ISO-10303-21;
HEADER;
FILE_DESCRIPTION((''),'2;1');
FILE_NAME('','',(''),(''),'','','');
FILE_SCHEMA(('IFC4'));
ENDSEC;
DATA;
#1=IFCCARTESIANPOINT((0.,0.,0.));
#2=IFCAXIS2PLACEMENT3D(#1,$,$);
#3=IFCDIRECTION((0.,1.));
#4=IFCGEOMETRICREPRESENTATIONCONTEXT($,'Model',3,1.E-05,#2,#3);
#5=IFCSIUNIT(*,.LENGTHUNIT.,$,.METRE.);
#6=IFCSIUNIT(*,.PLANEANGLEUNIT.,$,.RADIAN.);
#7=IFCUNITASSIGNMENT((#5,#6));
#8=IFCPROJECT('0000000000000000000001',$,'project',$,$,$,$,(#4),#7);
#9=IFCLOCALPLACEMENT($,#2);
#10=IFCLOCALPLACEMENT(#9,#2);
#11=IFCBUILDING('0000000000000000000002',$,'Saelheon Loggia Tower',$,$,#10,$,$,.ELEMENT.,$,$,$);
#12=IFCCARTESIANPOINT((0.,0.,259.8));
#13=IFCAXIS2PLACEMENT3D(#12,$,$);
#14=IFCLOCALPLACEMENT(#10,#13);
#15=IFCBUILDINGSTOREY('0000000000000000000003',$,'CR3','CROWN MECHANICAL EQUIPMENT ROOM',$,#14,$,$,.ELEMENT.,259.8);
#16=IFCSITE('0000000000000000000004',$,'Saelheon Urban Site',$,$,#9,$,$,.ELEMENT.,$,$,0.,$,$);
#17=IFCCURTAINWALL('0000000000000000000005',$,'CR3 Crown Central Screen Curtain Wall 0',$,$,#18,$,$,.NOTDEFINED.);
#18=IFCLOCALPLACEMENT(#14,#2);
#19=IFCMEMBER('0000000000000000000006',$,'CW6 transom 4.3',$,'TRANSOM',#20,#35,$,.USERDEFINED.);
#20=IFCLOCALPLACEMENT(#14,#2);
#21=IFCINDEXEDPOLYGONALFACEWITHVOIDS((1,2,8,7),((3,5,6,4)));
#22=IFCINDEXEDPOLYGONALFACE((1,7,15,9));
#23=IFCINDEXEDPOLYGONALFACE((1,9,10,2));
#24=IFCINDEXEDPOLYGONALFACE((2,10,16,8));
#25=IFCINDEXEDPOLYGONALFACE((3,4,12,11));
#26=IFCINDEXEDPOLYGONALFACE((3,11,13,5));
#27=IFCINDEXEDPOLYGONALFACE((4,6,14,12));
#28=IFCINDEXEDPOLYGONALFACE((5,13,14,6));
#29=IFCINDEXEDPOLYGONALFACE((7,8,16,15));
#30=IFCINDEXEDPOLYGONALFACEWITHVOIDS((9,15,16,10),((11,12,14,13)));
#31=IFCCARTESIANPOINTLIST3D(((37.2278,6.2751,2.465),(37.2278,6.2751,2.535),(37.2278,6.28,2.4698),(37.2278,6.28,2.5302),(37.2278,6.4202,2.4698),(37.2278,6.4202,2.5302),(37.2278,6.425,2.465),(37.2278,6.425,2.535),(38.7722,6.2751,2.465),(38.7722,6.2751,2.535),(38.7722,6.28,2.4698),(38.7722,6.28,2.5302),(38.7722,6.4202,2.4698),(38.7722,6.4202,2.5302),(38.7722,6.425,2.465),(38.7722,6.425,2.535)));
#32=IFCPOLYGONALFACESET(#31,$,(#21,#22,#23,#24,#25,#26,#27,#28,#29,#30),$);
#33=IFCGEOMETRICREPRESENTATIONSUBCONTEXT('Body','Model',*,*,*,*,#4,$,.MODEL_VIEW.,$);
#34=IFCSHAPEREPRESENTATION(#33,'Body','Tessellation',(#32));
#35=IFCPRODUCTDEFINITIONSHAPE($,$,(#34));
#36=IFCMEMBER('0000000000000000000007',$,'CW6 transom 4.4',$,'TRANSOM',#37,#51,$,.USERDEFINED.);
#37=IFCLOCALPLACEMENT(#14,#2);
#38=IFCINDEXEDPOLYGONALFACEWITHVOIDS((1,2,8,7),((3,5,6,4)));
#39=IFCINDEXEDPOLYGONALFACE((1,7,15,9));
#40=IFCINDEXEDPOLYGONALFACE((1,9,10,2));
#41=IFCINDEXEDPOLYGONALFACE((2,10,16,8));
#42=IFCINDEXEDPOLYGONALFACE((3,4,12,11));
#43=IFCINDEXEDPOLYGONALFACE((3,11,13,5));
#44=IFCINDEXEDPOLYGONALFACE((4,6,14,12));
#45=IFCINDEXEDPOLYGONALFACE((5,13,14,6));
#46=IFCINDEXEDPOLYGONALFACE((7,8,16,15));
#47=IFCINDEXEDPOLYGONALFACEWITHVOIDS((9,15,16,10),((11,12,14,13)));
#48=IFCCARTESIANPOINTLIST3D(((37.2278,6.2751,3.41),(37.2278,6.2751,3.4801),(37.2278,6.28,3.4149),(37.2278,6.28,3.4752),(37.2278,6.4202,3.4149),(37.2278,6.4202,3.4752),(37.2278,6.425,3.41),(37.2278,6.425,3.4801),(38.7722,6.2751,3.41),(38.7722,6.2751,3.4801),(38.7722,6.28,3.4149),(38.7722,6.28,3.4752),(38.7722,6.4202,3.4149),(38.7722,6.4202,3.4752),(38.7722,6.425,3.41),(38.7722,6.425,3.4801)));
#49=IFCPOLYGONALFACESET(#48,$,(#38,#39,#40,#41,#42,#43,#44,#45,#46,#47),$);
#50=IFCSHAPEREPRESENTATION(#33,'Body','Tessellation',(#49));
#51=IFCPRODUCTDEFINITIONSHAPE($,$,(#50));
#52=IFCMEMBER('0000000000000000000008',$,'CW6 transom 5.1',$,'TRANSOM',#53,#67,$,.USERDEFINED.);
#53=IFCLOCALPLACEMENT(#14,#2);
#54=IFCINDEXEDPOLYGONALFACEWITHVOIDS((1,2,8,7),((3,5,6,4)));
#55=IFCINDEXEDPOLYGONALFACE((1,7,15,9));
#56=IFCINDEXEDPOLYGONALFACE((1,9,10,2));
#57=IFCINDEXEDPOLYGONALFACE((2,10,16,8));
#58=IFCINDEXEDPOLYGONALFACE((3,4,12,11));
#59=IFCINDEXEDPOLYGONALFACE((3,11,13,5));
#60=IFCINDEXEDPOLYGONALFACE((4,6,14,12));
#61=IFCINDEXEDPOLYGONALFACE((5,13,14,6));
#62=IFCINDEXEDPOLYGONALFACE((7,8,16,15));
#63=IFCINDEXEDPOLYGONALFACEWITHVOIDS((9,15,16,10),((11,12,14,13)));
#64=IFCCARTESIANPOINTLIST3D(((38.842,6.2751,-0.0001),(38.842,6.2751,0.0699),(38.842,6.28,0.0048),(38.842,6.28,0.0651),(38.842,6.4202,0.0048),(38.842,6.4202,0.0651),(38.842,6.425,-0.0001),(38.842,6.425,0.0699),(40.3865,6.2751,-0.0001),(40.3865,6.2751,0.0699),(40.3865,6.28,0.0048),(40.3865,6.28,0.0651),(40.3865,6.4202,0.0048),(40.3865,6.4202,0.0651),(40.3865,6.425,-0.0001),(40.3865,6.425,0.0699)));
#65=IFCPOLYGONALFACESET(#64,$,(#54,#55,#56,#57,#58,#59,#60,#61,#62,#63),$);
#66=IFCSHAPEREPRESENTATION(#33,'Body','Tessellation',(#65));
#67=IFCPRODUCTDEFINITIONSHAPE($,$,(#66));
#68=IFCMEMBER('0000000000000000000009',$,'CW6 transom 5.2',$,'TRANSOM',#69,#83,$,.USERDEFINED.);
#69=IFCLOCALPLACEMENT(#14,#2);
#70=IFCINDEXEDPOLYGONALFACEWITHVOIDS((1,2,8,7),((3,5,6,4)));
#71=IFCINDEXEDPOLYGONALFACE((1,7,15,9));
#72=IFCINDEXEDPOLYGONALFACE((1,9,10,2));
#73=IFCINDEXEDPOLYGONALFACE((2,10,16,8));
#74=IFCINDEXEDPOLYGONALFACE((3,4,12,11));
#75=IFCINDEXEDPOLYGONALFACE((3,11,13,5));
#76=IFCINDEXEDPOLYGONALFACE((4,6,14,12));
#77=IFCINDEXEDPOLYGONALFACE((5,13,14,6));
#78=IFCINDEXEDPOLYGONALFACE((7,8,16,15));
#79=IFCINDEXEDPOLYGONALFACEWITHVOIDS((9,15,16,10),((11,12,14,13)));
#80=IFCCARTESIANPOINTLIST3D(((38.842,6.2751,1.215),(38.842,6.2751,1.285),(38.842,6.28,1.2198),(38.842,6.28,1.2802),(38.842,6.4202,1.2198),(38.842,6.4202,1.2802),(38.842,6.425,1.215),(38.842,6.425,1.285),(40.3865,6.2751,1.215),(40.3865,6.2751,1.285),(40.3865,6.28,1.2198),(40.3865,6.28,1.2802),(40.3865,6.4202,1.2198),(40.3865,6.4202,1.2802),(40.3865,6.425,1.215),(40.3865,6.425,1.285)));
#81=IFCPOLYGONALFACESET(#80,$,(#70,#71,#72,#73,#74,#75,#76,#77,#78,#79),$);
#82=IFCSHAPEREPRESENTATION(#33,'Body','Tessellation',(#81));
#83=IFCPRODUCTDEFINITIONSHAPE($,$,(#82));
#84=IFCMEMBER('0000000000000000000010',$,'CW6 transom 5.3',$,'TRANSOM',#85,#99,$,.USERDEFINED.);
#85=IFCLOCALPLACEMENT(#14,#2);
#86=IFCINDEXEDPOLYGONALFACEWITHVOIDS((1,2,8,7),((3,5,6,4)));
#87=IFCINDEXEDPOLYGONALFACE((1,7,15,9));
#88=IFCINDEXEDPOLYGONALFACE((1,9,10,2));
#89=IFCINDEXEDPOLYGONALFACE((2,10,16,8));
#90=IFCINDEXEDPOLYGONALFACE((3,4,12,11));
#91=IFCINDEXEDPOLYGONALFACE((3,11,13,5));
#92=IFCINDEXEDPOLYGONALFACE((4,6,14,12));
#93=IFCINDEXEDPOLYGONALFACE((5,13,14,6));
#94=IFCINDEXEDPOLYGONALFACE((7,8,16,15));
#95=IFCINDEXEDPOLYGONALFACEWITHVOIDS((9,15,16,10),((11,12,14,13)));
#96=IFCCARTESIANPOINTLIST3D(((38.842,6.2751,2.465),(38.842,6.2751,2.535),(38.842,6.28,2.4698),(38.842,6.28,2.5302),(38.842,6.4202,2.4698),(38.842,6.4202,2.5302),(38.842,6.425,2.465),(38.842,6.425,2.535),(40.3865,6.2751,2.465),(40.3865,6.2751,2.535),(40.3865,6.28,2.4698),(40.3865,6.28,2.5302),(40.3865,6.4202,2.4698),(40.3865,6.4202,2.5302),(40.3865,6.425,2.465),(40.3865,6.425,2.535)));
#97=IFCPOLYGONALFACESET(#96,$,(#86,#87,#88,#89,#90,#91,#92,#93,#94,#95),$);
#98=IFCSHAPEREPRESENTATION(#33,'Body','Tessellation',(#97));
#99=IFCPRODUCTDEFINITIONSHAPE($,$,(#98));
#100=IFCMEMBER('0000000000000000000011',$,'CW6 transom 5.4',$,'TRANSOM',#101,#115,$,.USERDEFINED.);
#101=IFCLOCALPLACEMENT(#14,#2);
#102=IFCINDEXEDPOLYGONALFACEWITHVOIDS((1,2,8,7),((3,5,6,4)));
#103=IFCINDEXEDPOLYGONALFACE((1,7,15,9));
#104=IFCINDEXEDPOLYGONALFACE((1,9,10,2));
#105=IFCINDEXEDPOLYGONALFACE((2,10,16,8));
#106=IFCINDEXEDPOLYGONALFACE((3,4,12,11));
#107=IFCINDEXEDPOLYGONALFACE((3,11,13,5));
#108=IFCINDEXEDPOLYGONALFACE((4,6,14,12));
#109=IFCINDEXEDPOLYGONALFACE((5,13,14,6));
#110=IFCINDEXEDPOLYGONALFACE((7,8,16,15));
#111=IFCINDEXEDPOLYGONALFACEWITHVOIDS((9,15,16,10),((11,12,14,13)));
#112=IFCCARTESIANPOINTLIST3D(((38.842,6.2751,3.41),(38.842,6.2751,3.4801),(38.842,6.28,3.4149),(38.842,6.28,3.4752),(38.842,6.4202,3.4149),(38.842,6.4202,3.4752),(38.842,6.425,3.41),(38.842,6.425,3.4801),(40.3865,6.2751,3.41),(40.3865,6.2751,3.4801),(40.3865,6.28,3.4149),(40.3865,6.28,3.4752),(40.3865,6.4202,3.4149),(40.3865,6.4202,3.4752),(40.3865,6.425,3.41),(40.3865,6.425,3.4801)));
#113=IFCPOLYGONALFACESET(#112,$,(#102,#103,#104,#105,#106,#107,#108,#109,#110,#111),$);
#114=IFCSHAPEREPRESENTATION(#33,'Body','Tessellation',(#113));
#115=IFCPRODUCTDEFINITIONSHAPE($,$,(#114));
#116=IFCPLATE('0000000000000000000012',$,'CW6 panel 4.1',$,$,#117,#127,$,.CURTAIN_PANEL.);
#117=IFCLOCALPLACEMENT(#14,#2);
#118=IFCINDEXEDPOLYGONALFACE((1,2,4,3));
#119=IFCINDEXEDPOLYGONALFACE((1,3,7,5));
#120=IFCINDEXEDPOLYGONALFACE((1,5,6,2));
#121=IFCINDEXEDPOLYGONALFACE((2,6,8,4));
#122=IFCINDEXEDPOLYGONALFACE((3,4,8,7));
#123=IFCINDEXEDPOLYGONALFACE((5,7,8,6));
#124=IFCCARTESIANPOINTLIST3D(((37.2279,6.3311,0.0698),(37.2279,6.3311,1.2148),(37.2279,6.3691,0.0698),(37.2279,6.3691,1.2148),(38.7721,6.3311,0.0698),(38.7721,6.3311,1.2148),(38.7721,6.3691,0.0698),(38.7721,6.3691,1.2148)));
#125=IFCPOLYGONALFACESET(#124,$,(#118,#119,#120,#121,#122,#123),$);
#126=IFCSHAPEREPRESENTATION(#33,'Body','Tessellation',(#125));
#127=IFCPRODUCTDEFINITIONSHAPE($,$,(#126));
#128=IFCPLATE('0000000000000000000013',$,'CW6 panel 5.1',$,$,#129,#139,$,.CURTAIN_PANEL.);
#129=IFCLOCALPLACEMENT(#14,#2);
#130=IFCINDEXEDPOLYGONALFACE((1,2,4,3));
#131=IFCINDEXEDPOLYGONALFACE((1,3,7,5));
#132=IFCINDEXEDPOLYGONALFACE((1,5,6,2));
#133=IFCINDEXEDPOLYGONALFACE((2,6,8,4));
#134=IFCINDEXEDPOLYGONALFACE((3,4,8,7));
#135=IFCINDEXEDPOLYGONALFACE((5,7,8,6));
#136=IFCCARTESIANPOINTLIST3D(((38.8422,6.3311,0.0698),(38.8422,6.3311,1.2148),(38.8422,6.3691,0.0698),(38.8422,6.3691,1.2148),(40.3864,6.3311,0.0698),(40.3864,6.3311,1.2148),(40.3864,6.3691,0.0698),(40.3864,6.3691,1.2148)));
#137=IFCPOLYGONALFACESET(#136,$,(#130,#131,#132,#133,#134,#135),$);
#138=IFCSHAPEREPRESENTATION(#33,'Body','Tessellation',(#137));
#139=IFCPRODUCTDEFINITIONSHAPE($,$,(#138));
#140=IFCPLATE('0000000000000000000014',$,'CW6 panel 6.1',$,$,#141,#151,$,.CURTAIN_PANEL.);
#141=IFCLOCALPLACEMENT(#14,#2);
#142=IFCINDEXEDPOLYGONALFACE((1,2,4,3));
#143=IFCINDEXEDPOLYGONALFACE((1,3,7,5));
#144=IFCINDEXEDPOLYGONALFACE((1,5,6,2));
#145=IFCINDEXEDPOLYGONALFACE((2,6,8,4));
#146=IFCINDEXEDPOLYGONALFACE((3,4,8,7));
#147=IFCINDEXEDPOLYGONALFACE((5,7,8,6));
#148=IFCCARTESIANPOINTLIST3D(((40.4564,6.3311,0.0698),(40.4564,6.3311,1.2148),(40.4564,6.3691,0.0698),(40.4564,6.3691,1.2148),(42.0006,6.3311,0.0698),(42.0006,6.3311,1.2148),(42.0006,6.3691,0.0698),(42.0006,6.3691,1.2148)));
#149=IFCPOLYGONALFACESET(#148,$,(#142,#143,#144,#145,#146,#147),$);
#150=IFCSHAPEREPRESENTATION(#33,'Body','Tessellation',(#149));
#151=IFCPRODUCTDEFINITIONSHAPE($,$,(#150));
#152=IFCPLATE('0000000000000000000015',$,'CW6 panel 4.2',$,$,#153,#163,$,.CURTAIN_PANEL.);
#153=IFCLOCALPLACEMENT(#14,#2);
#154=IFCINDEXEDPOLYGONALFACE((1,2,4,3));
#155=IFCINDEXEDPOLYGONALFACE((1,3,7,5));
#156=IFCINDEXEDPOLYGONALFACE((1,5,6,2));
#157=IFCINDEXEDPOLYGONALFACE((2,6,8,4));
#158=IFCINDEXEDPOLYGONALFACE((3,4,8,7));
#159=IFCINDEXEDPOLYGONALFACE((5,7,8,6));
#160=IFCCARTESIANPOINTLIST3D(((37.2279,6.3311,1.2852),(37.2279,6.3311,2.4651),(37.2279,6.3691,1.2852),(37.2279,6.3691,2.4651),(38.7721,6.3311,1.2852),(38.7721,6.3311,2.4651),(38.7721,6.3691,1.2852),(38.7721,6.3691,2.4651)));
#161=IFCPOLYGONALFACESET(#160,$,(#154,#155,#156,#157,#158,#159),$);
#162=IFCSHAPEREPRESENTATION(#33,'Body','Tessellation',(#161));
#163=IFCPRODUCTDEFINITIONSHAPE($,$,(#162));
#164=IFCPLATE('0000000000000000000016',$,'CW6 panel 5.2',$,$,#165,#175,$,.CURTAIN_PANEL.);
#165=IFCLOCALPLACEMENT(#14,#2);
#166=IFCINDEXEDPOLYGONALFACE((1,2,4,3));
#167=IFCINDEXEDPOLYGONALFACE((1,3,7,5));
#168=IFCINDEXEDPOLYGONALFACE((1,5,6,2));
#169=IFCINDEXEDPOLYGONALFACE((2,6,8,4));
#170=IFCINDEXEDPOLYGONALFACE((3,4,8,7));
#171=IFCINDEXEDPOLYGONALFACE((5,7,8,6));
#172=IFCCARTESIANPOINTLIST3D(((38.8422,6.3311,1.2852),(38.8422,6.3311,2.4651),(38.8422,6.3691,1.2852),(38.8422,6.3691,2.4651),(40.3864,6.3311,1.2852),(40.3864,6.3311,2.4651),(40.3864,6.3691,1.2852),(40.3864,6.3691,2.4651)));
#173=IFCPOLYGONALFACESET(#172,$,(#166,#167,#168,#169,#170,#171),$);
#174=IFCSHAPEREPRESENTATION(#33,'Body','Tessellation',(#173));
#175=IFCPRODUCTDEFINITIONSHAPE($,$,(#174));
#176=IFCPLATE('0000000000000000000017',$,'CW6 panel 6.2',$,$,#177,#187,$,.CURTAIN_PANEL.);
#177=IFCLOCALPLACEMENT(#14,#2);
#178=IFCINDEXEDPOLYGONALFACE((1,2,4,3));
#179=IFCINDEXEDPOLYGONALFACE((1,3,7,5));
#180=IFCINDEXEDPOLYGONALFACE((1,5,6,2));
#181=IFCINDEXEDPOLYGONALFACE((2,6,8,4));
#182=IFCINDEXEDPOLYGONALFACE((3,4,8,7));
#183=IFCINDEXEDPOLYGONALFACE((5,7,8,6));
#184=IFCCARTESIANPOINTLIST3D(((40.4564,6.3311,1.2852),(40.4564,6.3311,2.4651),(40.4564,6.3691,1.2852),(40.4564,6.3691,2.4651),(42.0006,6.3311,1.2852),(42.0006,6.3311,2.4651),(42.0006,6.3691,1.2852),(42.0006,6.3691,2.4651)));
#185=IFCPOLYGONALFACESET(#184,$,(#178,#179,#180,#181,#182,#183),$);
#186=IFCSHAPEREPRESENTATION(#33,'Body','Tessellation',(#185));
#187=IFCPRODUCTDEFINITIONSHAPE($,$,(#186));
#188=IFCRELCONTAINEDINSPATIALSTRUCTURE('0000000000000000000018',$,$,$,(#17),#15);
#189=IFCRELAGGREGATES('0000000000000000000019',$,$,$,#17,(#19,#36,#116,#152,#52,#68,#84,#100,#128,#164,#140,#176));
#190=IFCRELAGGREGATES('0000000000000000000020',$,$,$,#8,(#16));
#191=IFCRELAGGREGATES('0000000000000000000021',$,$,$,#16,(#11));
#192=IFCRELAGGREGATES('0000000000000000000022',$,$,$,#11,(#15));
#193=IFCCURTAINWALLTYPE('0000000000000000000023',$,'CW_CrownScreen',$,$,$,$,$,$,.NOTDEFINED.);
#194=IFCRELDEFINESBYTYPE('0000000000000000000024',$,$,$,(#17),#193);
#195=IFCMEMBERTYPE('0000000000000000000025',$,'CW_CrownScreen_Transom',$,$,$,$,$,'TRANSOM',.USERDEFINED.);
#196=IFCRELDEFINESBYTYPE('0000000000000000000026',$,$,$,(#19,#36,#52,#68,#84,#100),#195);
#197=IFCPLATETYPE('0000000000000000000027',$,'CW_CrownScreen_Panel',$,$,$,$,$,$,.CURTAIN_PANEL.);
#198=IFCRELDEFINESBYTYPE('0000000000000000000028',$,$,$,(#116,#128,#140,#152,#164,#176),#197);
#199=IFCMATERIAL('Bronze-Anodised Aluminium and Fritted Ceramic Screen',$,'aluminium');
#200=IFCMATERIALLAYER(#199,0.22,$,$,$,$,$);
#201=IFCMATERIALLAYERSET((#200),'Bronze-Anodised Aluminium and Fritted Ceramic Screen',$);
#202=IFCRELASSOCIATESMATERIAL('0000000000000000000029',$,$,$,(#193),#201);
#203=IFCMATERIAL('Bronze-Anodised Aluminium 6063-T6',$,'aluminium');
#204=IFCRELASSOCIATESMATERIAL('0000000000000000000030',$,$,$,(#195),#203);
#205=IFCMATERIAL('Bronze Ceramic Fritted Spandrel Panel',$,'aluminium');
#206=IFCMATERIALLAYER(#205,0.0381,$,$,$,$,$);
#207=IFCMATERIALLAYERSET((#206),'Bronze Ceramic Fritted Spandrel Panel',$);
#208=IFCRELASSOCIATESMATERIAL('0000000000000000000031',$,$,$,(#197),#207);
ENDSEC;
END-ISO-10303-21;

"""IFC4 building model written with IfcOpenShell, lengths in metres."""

from ifc_helpers import new_model, si_unit, direction, frame, origin, origin_2d, place, context, subcontext, project, spatial, rectangle, hollow_rectangle, extrude, source, transform, mapped, material, layer, layer_set, material_profile, profile_set, type_object, element, aggregate, save


model = new_model("IFC4")

# Units and contexts
model_context = context("Model", 3, precision=1e-05, world=origin(), true_north=direction((0.0, 1.0)))
body_context = subcontext(model_context, "Body", "Model", "MODEL_VIEW")
ifc_project = project(units=[si_unit("LENGTHUNIT", "METRE"), si_unit("PLANEANGLEUNIT", "RADIAN")], contexts=[model_context])

# Site, building, storey
site_placement = place(None, origin())
site = spatial("IfcSite", under=ifc_project, at=site_placement, Name="Saelheon Urban Site", CompositionType="ELEMENT", RefElevation=0.0)
building_placement = place(site_placement, origin())
building = spatial("IfcBuilding", under=site, at=building_placement, Name="Saelheon Loggia Tower", CompositionType="ELEMENT")
storey_placement = place(building_placement, frame((0.0, 0.0, 259.8)))
storey = spatial("IfcBuildingStorey", under=building, at=storey_placement, Name="CR3", Description="CROWN MECHANICAL EQUIPMENT ROOM", CompositionType="ELEMENT", Elevation=259.8)

# Curtain wall, members, plates
ifc_material_1 = material(Name="Bronze-Anodised Aluminium and Fritted Ceramic Screen", Category="aluminium")
ifc_layer_1 = layer(ifc_material_1, 0.22)
ifc_layer_set_1 = layer_set([ifc_layer_1], Name="Bronze-Anodised Aluminium and Fritted Ceramic Screen")
curtain_wall_type = type_object("IfcCurtainWallType", Name="CW_CrownScreen", PredefinedType="NOTDEFINED", material=ifc_layer_set_1)
curtain_wall_placement = place(storey_placement, origin())
curtain_wall = element("IfcCurtainWall", 1, at=curtain_wall_placement, inside=storey, type_object=curtain_wall_type, Name="CR3 Crown Central Screen Curtain Wall 0", PredefinedType="NOTDEFINED")
ifc_material_2 = material(Name="Bronze-Anodised Aluminium 6063-T6", Category="aluminium")
ifc_material_profile_1 = material_profile(ifc_material_2, hollow_rectangle(XDim=0.0701, YDim=0.1499, WallThickness=0.0049, at=origin_2d()), Name="RHS-150x70x5")
ifc_profile_set_1 = profile_set([ifc_material_profile_1], Name="Bronze-Anodised Aluminium 6063-T6")
member_type_1 = type_object("IfcMemberType", Name="CW_CrownScreen_Transom", ElementType="TRANSOM", PredefinedType="USERDEFINED", material=ifc_profile_set_1)
shared_shape_1 = source(origin(), body_context, "Body", "SweptSolid", [
    extrude(hollow_rectangle(XDim=0.0701, YDim=0.1499, WallThickness=0.0049, at=origin_2d()), origin(), (0.0, 0.0, 1.0), 1.5444),
])
member_1_placement = place(storey_placement, frame((37.2278, 6.3501, 2.5), z_axis=(1.0, 0.0, 0.0), x_axis=(0.0, 0.0, 1.0)))
member_1 = element("IfcMember", 2, at=member_1_placement, type_object=member_type_1, Name="CW6 transom 4.3", ObjectType="TRANSOM", PredefinedType="USERDEFINED", context=body_context, shape_type="MappedRepresentation", body=[
    mapped(shared_shape_1, transform((0.0, 0.0, 0.0), scale=1.0)),
])
member_2_placement = place(storey_placement, frame((37.2278, 6.3501, 3.4451), z_axis=(1.0, 0.0, 0.0), x_axis=(0.0, 0.0, 1.0)))
member_2 = element("IfcMember", 3, at=member_2_placement, type_object=member_type_1, Name="CW6 transom 4.4", ObjectType="TRANSOM", PredefinedType="USERDEFINED", context=body_context, shape_type="MappedRepresentation", body=[
    mapped(shared_shape_1, transform((0.0, 0.0, 0.0), scale=1.0)),
])
member_3_placement = place(storey_placement, frame((38.842, 6.3501, 0.0349), z_axis=(1.0, 0.0, 0.0), x_axis=(0.0, 0.0, 1.0)))
member_3 = element("IfcMember", 4, at=member_3_placement, type_object=member_type_1, Name="CW6 transom 5.1", ObjectType="TRANSOM", PredefinedType="USERDEFINED", context=body_context, shape_type="MappedRepresentation", body=[
    mapped(shared_shape_1, transform((0.0, 0.0, 0.0), scale=1.0)),
])
member_4_placement = place(storey_placement, frame((38.842, 6.3501, 1.25), z_axis=(1.0, 0.0, 0.0), x_axis=(0.0, 0.0, 1.0)))
member_4 = element("IfcMember", 5, at=member_4_placement, type_object=member_type_1, Name="CW6 transom 5.2", ObjectType="TRANSOM", PredefinedType="USERDEFINED", context=body_context, shape_type="MappedRepresentation", body=[
    mapped(shared_shape_1, transform((0.0, 0.0, 0.0), scale=1.0)),
])
member_5_placement = place(storey_placement, frame((38.842, 6.3501, 2.5), z_axis=(1.0, 0.0, 0.0), x_axis=(0.0, 0.0, 1.0)))
member_5 = element("IfcMember", 6, at=member_5_placement, type_object=member_type_1, Name="CW6 transom 5.3", ObjectType="TRANSOM", PredefinedType="USERDEFINED", context=body_context, shape_type="MappedRepresentation", body=[
    mapped(shared_shape_1, transform((0.0, 0.0, 0.0), scale=1.0)),
])
member_6_placement = place(storey_placement, frame((38.842, 6.3501, 3.4451), z_axis=(1.0, 0.0, 0.0), x_axis=(0.0, 0.0, 1.0)))
member_6 = element("IfcMember", 7, at=member_6_placement, type_object=member_type_1, Name="CW6 transom 5.4", ObjectType="TRANSOM", PredefinedType="USERDEFINED", context=body_context, shape_type="MappedRepresentation", body=[
    mapped(shared_shape_1, transform((0.0, 0.0, 0.0), scale=1.0)),
])
ifc_material_3 = material(Name="Bronze Ceramic Fritted Spandrel Panel", Category="aluminium")
ifc_layer_2 = layer(ifc_material_3, 0.0381)
ifc_layer_set_2 = layer_set([ifc_layer_2], Name="Bronze Ceramic Fritted Spandrel Panel")
plate_type = type_object("IfcPlateType", Name="CW_CrownScreen_Panel", PredefinedType="CURTAIN_PANEL", material=ifc_layer_set_2)
shared_shape_2 = source(origin(), body_context, "Body", "SweptSolid", [
    extrude(rectangle(XDim=1.5442, YDim=0.0381, at=origin_2d()), origin(), (0.0, 0.0, 1.0), 1.145),
])
plate_1_placement = place(storey_placement, frame((38.0, 6.3501, 0.0698), z_axis=(0.0, 0.0, 1.0), x_axis=(1.0, 0.0, 0.0)))
plate_1 = element("IfcPlate", 8, at=plate_1_placement, type_object=plate_type, Name="CW6 panel 4.1", PredefinedType="CURTAIN_PANEL", context=body_context, shape_type="MappedRepresentation", body=[
    mapped(shared_shape_2, transform((0.0, 0.0, 0.0), scale=1.0)),
])
plate_2_placement = place(storey_placement, frame((39.6143, 6.3501, 0.0698), z_axis=(0.0, 0.0, 1.0), x_axis=(1.0, 0.0, 0.0)))
plate_2 = element("IfcPlate", 9, at=plate_2_placement, type_object=plate_type, Name="CW6 panel 5.1", PredefinedType="CURTAIN_PANEL", context=body_context, shape_type="MappedRepresentation", body=[
    mapped(shared_shape_2, transform((0.0, 0.0, 0.0), scale=1.0)),
])
plate_3_placement = place(storey_placement, frame((41.2285, 6.3501, 0.0698), z_axis=(0.0, 0.0, 1.0), x_axis=(1.0, 0.0, 0.0)))
plate_3 = element("IfcPlate", 10, at=plate_3_placement, type_object=plate_type, Name="CW6 panel 6.1", PredefinedType="CURTAIN_PANEL", context=body_context, shape_type="MappedRepresentation", body=[
    mapped(shared_shape_2, transform((0.0, 0.0, 0.0), scale=1.0)),
])
shared_shape_3 = source(origin(), body_context, "Body", "SweptSolid", [
    extrude(rectangle(XDim=1.5442, YDim=0.0381, at=origin_2d()), origin(), (0.0, 0.0, 1.0), 1.1799),
])
plate_4_placement = place(storey_placement, frame((38.0, 6.3501, 1.2852), z_axis=(0.0, 0.0, 1.0), x_axis=(1.0, 0.0, 0.0)))
plate_4 = element("IfcPlate", 11, at=plate_4_placement, type_object=plate_type, Name="CW6 panel 4.2", PredefinedType="CURTAIN_PANEL", context=body_context, shape_type="MappedRepresentation", body=[
    mapped(shared_shape_3, transform((0.0, 0.0, 0.0), scale=1.0)),
])
plate_5_placement = place(storey_placement, frame((39.6143, 6.3501, 1.2852), z_axis=(0.0, 0.0, 1.0), x_axis=(1.0, 0.0, 0.0)))
plate_5 = element("IfcPlate", 12, at=plate_5_placement, type_object=plate_type, Name="CW6 panel 5.2", PredefinedType="CURTAIN_PANEL", context=body_context, shape_type="MappedRepresentation", body=[
    mapped(shared_shape_3, transform((0.0, 0.0, 0.0), scale=1.0)),
])
plate_6_placement = place(storey_placement, frame((41.2285, 6.3501, 1.2852), z_axis=(0.0, 0.0, 1.0), x_axis=(1.0, 0.0, 0.0)))
plate_6 = element("IfcPlate", 13, at=plate_6_placement, type_object=plate_type, Name="CW6 panel 6.2", PredefinedType="CURTAIN_PANEL", context=body_context, shape_type="MappedRepresentation", body=[
    mapped(shared_shape_3, transform((0.0, 0.0, 0.0), scale=1.0)),
])
aggregate(curtain_wall, [member_1, member_2, plate_1, plate_4, member_3, member_4, member_5, member_6, plate_2, plate_5, plate_3, plate_6])

save(model, "model.ifc")
